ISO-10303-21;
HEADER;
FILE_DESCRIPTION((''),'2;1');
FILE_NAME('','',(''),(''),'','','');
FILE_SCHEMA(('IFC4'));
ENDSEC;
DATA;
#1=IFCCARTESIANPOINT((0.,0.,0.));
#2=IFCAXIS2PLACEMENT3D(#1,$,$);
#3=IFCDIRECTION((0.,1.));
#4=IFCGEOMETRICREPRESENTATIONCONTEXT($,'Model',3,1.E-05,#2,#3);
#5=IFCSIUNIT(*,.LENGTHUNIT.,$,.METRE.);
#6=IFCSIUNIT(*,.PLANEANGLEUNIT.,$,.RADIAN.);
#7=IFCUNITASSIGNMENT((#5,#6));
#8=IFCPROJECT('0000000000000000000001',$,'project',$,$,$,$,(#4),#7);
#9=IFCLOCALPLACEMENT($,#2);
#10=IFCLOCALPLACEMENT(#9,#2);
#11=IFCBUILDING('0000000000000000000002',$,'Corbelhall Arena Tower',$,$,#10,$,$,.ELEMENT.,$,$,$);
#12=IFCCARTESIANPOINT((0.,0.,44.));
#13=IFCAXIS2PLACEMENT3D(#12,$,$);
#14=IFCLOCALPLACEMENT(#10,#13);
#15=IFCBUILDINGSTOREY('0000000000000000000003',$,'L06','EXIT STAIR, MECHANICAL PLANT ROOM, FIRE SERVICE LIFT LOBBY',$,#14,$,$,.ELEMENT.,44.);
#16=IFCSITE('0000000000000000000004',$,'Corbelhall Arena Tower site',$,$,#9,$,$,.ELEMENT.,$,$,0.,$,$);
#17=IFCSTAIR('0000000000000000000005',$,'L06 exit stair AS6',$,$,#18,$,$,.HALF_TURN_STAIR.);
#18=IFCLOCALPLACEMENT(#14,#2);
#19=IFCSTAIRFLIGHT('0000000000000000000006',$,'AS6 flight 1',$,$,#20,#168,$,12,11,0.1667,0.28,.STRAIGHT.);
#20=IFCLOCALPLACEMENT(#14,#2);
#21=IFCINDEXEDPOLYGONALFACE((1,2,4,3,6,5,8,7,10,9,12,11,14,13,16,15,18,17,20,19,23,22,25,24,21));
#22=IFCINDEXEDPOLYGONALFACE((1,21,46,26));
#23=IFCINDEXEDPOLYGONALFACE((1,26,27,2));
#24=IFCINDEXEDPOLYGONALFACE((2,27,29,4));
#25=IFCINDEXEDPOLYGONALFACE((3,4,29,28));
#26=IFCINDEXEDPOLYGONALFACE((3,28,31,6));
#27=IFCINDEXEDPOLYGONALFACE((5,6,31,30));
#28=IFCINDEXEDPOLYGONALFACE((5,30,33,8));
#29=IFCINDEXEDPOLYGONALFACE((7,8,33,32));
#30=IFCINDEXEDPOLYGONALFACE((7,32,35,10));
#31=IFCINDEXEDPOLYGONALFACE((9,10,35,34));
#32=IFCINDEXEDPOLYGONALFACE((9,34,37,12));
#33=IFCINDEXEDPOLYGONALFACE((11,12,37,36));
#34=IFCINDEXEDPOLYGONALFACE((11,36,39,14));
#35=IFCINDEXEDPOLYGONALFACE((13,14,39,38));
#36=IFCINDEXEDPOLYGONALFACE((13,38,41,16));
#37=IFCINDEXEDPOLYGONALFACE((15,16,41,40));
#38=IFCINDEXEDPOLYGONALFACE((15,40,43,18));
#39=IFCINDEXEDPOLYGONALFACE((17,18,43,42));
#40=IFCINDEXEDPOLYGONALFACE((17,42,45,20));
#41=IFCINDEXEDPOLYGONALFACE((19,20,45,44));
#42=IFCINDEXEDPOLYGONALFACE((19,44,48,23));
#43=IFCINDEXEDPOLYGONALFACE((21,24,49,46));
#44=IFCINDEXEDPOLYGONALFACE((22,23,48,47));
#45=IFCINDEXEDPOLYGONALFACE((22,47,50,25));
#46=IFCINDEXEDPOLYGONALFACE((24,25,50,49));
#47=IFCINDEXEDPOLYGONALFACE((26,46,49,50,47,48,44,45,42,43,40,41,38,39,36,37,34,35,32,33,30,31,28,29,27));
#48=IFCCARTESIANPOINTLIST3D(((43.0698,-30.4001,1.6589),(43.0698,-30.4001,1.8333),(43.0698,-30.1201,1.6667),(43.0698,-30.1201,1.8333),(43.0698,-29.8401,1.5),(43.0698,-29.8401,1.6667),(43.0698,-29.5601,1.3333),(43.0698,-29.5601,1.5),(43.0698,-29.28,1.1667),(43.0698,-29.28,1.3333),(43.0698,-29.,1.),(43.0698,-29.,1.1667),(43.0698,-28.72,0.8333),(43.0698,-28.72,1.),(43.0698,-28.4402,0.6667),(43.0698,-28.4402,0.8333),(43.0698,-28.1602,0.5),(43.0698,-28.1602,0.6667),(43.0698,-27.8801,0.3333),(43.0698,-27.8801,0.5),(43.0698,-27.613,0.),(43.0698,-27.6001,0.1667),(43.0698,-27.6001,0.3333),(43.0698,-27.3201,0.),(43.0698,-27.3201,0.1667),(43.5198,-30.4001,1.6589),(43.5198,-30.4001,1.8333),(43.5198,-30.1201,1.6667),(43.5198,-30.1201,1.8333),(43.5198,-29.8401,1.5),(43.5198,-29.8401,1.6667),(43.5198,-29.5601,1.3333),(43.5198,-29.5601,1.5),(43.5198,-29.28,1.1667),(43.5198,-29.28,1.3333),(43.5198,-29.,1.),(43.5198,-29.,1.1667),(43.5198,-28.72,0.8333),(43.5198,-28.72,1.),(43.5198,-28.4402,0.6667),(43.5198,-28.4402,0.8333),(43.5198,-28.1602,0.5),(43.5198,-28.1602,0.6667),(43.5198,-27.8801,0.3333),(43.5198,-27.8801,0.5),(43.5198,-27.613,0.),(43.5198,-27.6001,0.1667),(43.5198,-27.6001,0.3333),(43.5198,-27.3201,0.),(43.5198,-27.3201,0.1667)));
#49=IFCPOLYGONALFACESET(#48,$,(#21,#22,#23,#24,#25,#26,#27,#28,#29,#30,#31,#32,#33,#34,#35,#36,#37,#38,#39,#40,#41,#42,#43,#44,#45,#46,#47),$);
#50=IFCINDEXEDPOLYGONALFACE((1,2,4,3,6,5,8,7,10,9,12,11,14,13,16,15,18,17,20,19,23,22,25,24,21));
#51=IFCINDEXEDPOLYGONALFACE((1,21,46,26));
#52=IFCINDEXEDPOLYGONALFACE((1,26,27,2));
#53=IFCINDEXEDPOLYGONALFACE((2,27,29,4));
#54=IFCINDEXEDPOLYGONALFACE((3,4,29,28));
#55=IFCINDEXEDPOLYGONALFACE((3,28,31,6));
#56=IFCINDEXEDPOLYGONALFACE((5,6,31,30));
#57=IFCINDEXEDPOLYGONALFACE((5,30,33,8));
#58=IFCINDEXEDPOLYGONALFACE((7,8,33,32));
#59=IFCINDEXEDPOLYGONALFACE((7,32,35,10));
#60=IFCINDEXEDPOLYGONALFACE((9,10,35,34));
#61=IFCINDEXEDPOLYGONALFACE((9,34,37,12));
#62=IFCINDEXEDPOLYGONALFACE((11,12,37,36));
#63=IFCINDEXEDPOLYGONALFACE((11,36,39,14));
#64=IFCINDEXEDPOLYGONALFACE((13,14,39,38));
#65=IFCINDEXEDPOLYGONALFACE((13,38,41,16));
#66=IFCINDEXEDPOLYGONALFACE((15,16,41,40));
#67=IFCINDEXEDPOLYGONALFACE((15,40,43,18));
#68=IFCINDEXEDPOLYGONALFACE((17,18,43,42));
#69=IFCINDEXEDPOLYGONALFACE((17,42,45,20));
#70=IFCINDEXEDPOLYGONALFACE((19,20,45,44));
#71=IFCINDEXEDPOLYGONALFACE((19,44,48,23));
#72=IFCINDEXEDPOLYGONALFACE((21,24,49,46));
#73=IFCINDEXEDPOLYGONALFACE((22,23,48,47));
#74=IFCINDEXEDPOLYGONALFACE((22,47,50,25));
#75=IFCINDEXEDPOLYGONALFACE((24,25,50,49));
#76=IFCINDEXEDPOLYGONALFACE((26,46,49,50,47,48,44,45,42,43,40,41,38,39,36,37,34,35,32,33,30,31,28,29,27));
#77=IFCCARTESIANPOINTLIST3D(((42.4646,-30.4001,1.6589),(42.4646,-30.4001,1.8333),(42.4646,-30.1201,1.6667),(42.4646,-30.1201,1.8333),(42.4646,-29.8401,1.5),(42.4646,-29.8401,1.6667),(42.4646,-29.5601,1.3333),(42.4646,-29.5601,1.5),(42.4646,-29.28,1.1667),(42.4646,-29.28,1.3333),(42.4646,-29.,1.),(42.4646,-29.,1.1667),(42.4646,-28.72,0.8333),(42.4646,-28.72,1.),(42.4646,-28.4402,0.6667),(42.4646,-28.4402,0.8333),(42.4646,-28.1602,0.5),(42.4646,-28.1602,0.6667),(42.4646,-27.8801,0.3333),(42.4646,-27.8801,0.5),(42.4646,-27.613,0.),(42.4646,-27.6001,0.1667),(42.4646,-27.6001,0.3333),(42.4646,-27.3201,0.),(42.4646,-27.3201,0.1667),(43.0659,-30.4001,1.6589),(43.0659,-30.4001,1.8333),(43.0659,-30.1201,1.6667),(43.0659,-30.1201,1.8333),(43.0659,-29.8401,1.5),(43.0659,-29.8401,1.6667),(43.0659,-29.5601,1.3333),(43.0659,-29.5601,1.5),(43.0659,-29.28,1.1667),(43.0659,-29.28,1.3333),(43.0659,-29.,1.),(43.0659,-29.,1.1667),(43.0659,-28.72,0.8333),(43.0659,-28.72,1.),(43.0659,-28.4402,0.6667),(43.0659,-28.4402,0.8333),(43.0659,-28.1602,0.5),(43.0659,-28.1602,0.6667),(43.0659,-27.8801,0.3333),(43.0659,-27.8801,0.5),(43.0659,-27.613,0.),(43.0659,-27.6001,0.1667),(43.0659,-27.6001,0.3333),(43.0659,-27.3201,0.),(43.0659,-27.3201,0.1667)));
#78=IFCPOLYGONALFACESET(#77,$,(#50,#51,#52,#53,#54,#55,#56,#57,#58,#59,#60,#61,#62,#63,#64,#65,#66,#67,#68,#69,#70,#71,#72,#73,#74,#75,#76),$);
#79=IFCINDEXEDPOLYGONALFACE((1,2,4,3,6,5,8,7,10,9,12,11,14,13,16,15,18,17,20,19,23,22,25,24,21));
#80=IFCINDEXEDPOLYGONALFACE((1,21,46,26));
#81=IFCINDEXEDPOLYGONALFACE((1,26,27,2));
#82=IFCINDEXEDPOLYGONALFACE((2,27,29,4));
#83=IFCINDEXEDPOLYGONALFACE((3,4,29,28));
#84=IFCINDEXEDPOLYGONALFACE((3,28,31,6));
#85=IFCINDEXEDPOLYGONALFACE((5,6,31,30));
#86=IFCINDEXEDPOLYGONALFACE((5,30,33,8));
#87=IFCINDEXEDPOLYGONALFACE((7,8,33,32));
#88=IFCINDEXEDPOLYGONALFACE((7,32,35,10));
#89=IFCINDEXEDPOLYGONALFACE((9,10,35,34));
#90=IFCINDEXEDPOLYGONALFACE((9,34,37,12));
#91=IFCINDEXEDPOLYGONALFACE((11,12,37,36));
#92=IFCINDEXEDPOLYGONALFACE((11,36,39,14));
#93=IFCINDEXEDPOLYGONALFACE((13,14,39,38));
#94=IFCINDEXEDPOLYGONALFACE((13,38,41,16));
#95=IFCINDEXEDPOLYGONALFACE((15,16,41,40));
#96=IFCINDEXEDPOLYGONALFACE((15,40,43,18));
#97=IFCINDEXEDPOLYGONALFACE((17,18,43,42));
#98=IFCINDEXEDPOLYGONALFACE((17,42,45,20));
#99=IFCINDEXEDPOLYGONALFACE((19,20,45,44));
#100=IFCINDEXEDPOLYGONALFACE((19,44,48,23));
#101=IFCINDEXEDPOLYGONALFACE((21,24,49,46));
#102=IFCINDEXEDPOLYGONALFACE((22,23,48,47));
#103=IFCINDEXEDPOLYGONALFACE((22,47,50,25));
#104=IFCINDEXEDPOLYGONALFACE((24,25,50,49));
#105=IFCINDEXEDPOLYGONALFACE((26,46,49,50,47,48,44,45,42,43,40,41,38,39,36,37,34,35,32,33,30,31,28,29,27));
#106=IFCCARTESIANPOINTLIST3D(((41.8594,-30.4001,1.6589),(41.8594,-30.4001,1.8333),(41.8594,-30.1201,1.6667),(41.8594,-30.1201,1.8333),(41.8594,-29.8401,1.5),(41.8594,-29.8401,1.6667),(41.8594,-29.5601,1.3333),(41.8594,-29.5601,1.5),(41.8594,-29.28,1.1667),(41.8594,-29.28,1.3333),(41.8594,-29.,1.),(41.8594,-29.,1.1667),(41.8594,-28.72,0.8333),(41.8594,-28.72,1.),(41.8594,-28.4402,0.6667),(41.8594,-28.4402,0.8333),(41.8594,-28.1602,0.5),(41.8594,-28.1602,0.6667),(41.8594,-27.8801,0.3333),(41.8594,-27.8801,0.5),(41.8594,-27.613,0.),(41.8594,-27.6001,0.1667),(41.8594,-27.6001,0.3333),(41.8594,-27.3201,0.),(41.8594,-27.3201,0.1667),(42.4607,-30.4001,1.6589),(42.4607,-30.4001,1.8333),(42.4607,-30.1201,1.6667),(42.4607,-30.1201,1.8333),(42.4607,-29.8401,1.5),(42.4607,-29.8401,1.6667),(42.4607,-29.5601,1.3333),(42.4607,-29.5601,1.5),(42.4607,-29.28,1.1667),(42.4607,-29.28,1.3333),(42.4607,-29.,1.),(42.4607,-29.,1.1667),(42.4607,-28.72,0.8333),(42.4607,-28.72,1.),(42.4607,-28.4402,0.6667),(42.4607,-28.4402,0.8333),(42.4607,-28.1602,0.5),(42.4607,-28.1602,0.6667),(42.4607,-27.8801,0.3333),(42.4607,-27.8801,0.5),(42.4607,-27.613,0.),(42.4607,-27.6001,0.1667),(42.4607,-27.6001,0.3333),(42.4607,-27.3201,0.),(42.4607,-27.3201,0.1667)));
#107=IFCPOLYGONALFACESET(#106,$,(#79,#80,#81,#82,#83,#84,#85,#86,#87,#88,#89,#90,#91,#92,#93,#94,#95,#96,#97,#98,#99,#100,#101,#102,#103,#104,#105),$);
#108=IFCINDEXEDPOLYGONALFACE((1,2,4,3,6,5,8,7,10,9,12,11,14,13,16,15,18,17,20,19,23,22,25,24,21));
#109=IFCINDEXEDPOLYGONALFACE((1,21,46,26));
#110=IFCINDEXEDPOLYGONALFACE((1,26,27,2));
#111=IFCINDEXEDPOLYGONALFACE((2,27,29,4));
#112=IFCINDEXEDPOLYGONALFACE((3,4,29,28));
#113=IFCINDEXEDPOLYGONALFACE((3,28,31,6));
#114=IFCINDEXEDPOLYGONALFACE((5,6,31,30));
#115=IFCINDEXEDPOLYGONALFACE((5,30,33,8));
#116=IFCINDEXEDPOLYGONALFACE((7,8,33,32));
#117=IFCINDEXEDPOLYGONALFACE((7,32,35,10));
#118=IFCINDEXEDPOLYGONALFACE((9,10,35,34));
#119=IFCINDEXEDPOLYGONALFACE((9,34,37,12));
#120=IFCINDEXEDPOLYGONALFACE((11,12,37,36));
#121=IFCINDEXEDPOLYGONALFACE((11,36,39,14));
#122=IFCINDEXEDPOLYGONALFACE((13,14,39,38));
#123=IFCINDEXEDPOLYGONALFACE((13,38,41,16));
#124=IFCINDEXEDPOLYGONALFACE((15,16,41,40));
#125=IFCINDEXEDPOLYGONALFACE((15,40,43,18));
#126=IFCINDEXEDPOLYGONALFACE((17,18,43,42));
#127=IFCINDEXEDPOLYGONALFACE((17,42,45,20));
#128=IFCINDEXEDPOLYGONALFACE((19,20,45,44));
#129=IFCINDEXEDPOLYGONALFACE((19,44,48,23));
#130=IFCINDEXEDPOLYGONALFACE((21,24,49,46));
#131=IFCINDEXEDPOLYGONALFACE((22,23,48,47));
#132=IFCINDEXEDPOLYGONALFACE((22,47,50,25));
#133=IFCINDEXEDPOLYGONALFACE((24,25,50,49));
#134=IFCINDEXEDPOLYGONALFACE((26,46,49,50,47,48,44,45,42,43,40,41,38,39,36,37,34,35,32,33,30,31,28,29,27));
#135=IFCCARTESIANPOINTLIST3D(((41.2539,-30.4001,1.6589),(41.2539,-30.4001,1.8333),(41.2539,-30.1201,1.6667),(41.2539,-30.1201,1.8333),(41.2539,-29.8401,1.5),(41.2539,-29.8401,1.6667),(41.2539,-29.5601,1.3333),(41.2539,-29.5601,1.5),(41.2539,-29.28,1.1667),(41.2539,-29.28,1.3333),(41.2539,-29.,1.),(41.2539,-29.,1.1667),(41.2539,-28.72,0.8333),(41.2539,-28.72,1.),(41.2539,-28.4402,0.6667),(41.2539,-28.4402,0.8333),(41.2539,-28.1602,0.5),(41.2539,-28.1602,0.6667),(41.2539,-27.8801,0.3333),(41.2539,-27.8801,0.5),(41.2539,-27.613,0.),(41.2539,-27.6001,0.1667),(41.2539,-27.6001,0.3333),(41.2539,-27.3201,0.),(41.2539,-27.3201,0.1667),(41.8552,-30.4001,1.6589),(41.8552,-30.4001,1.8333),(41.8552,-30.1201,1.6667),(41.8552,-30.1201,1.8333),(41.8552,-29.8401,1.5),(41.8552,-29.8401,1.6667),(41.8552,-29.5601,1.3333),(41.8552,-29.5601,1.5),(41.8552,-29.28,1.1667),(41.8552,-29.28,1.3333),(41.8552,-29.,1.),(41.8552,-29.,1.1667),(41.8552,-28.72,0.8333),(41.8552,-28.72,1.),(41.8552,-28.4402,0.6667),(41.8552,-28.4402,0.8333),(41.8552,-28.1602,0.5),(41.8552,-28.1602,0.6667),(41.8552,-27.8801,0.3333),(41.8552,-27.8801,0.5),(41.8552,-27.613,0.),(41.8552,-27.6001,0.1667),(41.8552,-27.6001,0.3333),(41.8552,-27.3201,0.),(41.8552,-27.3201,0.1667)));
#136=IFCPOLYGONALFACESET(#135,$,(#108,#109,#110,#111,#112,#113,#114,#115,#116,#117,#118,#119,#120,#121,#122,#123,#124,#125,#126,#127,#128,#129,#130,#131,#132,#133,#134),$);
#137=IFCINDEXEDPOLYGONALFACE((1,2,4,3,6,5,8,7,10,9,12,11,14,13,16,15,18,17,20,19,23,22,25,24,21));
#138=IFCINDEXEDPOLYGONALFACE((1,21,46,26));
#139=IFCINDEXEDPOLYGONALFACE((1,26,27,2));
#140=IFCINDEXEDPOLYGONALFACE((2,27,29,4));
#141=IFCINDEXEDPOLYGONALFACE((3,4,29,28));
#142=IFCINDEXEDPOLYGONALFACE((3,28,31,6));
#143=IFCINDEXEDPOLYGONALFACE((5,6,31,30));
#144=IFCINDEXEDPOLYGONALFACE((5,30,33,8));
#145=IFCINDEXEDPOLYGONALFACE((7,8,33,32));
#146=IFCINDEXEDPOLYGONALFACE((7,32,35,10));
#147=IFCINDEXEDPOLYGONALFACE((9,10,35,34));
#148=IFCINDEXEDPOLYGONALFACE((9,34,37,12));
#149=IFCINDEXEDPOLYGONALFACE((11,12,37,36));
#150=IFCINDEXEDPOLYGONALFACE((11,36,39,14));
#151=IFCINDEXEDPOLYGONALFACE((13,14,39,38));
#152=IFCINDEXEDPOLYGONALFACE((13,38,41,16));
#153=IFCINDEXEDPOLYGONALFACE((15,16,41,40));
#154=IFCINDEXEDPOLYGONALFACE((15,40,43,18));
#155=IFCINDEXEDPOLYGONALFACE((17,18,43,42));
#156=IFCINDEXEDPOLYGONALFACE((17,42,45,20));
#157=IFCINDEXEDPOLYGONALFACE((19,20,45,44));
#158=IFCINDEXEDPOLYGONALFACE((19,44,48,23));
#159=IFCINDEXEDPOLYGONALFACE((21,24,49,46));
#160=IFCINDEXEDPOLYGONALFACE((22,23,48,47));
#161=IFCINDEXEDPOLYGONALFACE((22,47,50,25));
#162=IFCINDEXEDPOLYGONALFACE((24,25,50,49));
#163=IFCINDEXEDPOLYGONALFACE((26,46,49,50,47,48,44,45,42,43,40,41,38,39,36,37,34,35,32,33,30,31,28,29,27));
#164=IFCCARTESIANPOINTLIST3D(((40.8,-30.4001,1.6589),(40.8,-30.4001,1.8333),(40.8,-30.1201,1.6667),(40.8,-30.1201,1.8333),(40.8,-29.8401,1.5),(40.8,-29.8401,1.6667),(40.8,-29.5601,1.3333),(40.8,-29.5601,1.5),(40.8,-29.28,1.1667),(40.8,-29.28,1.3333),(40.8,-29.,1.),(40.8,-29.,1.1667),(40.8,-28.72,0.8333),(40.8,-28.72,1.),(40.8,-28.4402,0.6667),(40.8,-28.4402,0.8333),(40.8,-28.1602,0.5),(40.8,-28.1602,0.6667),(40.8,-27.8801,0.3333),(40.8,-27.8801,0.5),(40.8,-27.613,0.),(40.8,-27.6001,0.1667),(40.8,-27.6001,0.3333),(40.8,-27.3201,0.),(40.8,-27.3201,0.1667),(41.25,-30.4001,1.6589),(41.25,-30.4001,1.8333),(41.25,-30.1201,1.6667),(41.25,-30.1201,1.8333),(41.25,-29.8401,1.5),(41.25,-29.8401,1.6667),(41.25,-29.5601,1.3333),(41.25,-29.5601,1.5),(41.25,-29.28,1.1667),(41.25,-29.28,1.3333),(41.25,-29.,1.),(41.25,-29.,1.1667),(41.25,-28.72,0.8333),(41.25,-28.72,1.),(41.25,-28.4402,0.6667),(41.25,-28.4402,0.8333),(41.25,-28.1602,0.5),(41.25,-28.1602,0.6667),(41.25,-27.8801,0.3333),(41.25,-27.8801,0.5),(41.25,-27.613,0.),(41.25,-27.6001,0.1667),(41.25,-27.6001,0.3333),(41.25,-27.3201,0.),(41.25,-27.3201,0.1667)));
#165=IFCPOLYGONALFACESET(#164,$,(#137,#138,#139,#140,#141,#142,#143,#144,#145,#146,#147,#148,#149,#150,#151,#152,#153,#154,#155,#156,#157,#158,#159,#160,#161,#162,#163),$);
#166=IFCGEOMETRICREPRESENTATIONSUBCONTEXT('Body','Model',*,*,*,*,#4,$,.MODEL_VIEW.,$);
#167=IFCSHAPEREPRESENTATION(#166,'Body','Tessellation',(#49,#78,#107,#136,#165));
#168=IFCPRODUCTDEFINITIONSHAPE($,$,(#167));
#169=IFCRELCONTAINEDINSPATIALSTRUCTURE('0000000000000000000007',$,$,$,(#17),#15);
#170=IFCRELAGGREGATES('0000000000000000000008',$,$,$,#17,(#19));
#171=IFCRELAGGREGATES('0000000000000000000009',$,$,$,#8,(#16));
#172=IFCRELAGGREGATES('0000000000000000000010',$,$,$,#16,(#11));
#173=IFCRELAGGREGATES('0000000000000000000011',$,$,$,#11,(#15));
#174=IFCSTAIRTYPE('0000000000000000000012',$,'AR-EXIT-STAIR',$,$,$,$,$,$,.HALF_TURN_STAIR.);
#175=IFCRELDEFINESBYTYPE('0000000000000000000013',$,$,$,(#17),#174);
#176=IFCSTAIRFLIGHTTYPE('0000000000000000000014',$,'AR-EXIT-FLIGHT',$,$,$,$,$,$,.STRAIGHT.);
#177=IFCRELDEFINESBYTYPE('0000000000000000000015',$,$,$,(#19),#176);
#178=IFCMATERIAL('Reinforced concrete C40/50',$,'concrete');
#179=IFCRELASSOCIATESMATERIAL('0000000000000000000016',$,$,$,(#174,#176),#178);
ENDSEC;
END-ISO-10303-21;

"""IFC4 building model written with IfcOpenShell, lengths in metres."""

from ifc_helpers import new_model, si_unit, direction, frame, origin, place, context, subcontext, project, spatial, polyline, outline, extrude, material, type_object, element, aggregate, save


model = new_model("IFC4")

# Units and contexts
model_context = context("Model", 3, precision=1e-05, world=origin(), true_north=direction((0.0, 1.0)))
body_context = subcontext(model_context, "Body", "Model", "MODEL_VIEW")
ifc_project = project(units=[si_unit("LENGTHUNIT", "METRE"), si_unit("PLANEANGLEUNIT", "RADIAN")], contexts=[model_context])

# Site, building, storey
site_placement = place(None, origin())
site = spatial("IfcSite", under=ifc_project, at=site_placement, Name="Corbelhall Arena Tower site", CompositionType="ELEMENT", RefElevation=0.0)
building_placement = place(site_placement, origin())
building = spatial("IfcBuilding", under=site, at=building_placement, Name="Corbelhall Arena Tower", CompositionType="ELEMENT")
storey_placement = place(building_placement, frame((0.0, 0.0, 44.0)))
storey = spatial("IfcBuildingStorey", under=building, at=storey_placement, Name="L06", Description="EXIT STAIR, MECHANICAL PLANT ROOM, FIRE SERVICE LIFT LOBBY", CompositionType="ELEMENT", Elevation=44.0)

# Shared definitions
ifc_material_1 = material(Name="Reinforced concrete C40/50", Category="concrete")

# Stair, stair flight
stair_type = type_object("IfcStairType", Name="AR-EXIT-STAIR", PredefinedType="HALF_TURN_STAIR", material=ifc_material_1)
stair_flight_type = type_object("IfcStairFlightType", Name="AR-EXIT-FLIGHT", PredefinedType="STRAIGHT", material=ifc_material_1)
stair_1_placement = place(storey_placement, origin())
stair_1 = element("IfcStair", 1, at=stair_1_placement, inside=storey, type_object=stair_type, Name="L06 exit stair AS6", PredefinedType="HALF_TURN_STAIR")
stair_flight_1_placement = place(storey_placement, frame((42.1599, -27.3201, 0.0), z_axis=(0.0, 0.0, 1.0), x_axis=(0.0, -1.0, 0.0)))
stair_flight_1 = element("IfcStairFlight", 2, at=stair_flight_1_placement, type_object=stair_flight_type, Name="AS6 flight 1", NumberOfRisers=12, NumberOfTreads=11, PredefinedType="STRAIGHT", RiserHeight=0.1667, TreadLength=0.28, context=body_context, shape_type="SweptSolid", body=[
    extrude(outline(polyline([(0.0, 0.0), (0.0, 0.1667), (0.28, 0.1667), (0.28, 0.3333), (0.5601, 0.3333), (0.5601, 0.5), (0.8401, 0.5), (0.8401, 0.6667), (1.1201, 0.6667), (1.1201, 0.8333), (1.3999, 0.8333), (1.3999, 1.0), (1.6799, 1.0), (1.6799, 1.1667), (1.96, 1.1667), (1.96, 1.3333), (2.24, 1.3333), (2.24, 1.5), (2.52, 1.5), (2.52, 1.6667), (2.8, 1.6667), (2.8, 1.8333), (3.0801, 1.8333), (3.0801, 2.0), (3.0801, 1.6589), (0.293, 0.0), (0.0, 0.0)])), frame((0.0, 1.3599, 0.0), z_axis=(0.0, -1.0, 0.0), x_axis=(1.0, 0.0, 0.0)), (0.0, 0.0, 1.0), 0.45),
    extrude(outline(polyline([(0.0, 0.0), (0.0, 0.1667), (0.28, 0.1667), (0.28, 0.3333), (0.5601, 0.3333), (0.5601, 0.5), (0.8401, 0.5), (0.8401, 0.6667), (1.1201, 0.6667), (1.1201, 0.8333), (1.3999, 0.8333), (1.3999, 1.0), (1.6799, 1.0), (1.6799, 1.1667), (1.96, 1.1667), (1.96, 1.3333), (2.24, 1.3333), (2.24, 1.5), (2.52, 1.5), (2.52, 1.6667), (2.8, 1.6667), (2.8, 1.8333), (3.0801, 1.8333), (3.0801, 2.0), (3.0801, 1.6589), (0.293, 0.0), (0.0, 0.0)])), frame((0.0, 0.906, 0.0), z_axis=(0.0, -1.0, 0.0), x_axis=(1.0, 0.0, 0.0)), (0.0, 0.0, 1.0), 0.6013),
    extrude(outline(polyline([(0.0, 0.0), (0.0, 0.1667), (0.28, 0.1667), (0.28, 0.3333), (0.5601, 0.3333), (0.5601, 0.5), (0.8401, 0.5), (0.8401, 0.6667), (1.1201, 0.6667), (1.1201, 0.8333), (1.3999, 0.8333), (1.3999, 1.0), (1.6799, 1.0), (1.6799, 1.1667), (1.96, 1.1667), (1.96, 1.3333), (2.24, 1.3333), (2.24, 1.5), (2.52, 1.5), (2.52, 1.6667), (2.8, 1.6667), (2.8, 1.8333), (3.0801, 1.8333), (3.0801, 2.0), (3.0801, 1.6589), (0.293, 0.0), (0.0, 0.0)])), frame((0.0, 0.3008, 0.0), z_axis=(0.0, -1.0, 0.0), x_axis=(1.0, 0.0, 0.0)), (0.0, 0.0, 1.0), 0.6013),
    extrude(outline(polyline([(0.0, 0.0), (0.0, 0.1667), (0.28, 0.1667), (0.28, 0.3333), (0.5601, 0.3333), (0.5601, 0.5), (0.8401, 0.5), (0.8401, 0.6667), (1.1201, 0.6667), (1.1201, 0.8333), (1.3999, 0.8333), (1.3999, 1.0), (1.6799, 1.0), (1.6799, 1.1667), (1.96, 1.1667), (1.96, 1.3333), (2.24, 1.3333), (2.24, 1.5), (2.52, 1.5), (2.52, 1.6667), (2.8, 1.6667), (2.8, 1.8333), (3.0801, 1.8333), (3.0801, 2.0), (3.0801, 1.6589), (0.293, 0.0), (0.0, 0.0)])), frame((0.0, -0.3047, 0.0), z_axis=(0.0, -1.0, 0.0), x_axis=(1.0, 0.0, 0.0)), (0.0, 0.0, 1.0), 0.6013),
    extrude(outline(polyline([(0.0, 0.0), (0.0, 0.1667), (0.28, 0.1667), (0.28, 0.3333), (0.5601, 0.3333), (0.5601, 0.5), (0.8401, 0.5), (0.8401, 0.6667), (1.1201, 0.6667), (1.1201, 0.8333), (1.3999, 0.8333), (1.3999, 1.0), (1.6799, 1.0), (1.6799, 1.1667), (1.96, 1.1667), (1.96, 1.3333), (2.24, 1.3333), (2.24, 1.5), (2.52, 1.5), (2.52, 1.6667), (2.8, 1.6667), (2.8, 1.8333), (3.0801, 1.8333), (3.0801, 2.0), (3.0801, 1.6589), (0.293, 0.0), (0.0, 0.0)])), frame((0.0, -0.9099, 0.0), z_axis=(0.0, -1.0, 0.0), x_axis=(1.0, 0.0, 0.0)), (0.0, 0.0, 1.0), 0.45),
])
aggregate(stair_1, [stair_flight_1])

save(model, "model.ifc")
